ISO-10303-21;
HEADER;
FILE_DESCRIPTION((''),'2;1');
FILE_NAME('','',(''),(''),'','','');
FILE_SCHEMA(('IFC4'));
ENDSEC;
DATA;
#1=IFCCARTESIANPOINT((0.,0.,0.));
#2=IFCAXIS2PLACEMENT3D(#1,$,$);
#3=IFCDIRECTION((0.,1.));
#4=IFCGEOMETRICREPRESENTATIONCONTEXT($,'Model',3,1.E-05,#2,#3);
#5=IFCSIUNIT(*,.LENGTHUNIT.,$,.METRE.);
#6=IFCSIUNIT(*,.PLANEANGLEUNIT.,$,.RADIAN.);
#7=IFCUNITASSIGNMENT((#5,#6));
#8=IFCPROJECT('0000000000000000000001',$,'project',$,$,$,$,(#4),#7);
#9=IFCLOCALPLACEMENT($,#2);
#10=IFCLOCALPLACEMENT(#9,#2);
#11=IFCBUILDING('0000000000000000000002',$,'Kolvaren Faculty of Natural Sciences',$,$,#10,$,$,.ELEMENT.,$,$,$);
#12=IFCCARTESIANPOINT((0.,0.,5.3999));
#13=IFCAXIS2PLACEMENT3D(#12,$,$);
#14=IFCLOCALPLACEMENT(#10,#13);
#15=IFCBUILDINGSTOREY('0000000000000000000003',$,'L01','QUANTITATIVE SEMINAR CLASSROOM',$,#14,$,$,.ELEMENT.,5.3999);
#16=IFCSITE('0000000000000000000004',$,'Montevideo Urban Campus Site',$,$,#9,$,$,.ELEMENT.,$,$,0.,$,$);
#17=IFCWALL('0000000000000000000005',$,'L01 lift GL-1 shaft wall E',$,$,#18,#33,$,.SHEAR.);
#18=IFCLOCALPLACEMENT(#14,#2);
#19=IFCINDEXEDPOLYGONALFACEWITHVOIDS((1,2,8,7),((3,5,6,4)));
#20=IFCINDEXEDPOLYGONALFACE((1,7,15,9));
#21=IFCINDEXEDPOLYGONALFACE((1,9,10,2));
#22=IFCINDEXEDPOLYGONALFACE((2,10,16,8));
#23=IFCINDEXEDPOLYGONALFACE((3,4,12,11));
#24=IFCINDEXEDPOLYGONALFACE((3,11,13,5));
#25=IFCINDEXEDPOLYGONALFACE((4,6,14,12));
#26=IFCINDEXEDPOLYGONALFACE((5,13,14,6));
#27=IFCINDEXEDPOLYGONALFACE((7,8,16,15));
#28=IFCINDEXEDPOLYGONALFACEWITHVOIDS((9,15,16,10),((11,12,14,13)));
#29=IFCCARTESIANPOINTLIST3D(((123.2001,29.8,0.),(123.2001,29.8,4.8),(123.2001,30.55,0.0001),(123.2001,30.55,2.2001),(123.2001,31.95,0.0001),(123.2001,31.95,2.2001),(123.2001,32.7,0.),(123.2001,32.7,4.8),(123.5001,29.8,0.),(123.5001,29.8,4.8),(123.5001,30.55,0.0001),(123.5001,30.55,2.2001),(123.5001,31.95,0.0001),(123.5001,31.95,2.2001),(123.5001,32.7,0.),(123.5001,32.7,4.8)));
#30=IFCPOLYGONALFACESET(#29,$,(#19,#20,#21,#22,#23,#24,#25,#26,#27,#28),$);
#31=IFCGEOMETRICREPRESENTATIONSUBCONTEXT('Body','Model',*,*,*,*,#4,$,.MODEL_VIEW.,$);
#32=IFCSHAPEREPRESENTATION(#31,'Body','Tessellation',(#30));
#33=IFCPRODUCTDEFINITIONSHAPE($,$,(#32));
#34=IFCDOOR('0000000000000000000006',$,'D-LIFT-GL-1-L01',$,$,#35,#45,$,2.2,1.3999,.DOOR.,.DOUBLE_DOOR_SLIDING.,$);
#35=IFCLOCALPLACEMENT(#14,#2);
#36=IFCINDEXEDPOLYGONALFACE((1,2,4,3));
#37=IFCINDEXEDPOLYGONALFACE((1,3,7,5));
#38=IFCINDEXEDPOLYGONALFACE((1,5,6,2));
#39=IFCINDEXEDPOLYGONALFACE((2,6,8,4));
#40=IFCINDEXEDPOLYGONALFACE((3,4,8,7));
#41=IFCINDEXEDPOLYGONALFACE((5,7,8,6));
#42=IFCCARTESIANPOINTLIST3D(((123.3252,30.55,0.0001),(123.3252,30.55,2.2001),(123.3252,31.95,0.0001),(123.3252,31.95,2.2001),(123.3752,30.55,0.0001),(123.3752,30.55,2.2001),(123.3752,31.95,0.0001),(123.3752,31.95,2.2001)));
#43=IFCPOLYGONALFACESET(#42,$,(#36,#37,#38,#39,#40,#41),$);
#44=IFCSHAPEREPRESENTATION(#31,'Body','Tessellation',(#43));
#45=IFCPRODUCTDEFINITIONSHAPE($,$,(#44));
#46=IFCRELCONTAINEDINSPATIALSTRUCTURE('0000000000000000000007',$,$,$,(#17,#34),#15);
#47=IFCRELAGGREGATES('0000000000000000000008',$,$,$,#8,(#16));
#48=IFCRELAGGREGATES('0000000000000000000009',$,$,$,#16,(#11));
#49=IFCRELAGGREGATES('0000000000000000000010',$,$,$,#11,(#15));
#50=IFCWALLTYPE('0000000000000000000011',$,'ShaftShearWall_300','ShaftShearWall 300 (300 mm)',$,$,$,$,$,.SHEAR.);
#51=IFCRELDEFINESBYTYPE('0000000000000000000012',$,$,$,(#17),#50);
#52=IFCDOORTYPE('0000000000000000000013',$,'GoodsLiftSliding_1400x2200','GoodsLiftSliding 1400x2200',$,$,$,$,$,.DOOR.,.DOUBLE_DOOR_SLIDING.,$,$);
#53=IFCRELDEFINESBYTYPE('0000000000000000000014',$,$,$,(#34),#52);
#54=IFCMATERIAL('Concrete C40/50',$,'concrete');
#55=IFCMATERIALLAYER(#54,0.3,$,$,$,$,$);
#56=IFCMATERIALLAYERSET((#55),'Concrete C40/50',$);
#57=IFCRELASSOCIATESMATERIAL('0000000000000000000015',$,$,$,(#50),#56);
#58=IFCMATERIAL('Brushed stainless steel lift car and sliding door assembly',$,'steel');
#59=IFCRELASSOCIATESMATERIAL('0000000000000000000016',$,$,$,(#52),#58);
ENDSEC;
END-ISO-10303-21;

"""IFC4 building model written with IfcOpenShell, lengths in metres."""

from ifc_helpers import new_model, si_unit, direction, frame, frame_2d, origin, place, context, subcontext, project, spatial, rectangle, extrude, material, layer, layer_set, type_object, element, fill, save


model = new_model("IFC4")

# Units and contexts
model_context = context("Model", 3, precision=1e-05, world=origin(), true_north=direction((0.0, 1.0)))
body_context = subcontext(model_context, "Body", "Model", "MODEL_VIEW")
ifc_project = project(units=[si_unit("LENGTHUNIT", "METRE"), si_unit("PLANEANGLEUNIT", "RADIAN")], contexts=[model_context])

# Site, building, storey
site_placement = place(None, origin())
site = spatial("IfcSite", under=ifc_project, at=site_placement, Name="Montevideo Urban Campus Site", CompositionType="ELEMENT", RefElevation=0.0)
building_placement = place(site_placement, origin())
building = spatial("IfcBuilding", under=site, at=building_placement, Name="Kolvaren Faculty of Natural Sciences", CompositionType="ELEMENT")
storey_placement = place(building_placement, frame((0.0, 0.0, 5.3999)))
storey = spatial("IfcBuildingStorey", under=building, at=storey_placement, Name="L01", Description="QUANTITATIVE SEMINAR CLASSROOM", CompositionType="ELEMENT", Elevation=5.3999)

# Shared definitions
ifc_material_1 = material(Name="Concrete C40/50", Category="concrete")

# Shared definitions
ifc_layer_1 = layer(ifc_material_1, 0.3)
ifc_layer_set_1 = layer_set([ifc_layer_1], Name="Concrete C40/50")
wall_type_1 = type_object("IfcWallType", Name="ShaftShearWall_300", Description="ShaftShearWall 300 (300 mm)", PredefinedType="SHEAR", material=ifc_layer_set_1)

# Wall, opening, door
wall_1_placement = place(storey_placement, frame((123.3501, 29.8, 0.0), z_axis=(0.0, 0.0, 1.0), x_axis=(0.0, 1.0, 0.0)))
wall_1 = element("IfcWall", 1, at=wall_1_placement, inside=storey, type_object=wall_type_1, Name="L01 lift GL-1 shaft wall E", PredefinedType="SHEAR", context=body_context, shape_type="SweptSolid", body=[
    extrude(rectangle(XDim=2.8999, YDim=0.3, at=frame_2d((1.45, 0.0))), origin(), (0.0, 0.0, 1.0), 4.8),
])
opening_1_placement = place(wall_1_placement, frame((0.75, 0.0, 0.0)))
opening_1 = element("IfcOpeningElement", 2, at=opening_1_placement, cuts=wall_1, PredefinedType="OPENING", context=body_context, shape_type="SweptSolid", body=[
    extrude(rectangle(XDim=1.3999, YDim=2.2, at=frame_2d((0.7, 1.1001))), frame((0.0, 0.1599, 0.0), z_axis=(0.0, -1.0, 0.0), x_axis=(1.0, 0.0, 0.0)), (0.0, 0.0, 1.0), 0.3201),
])
ifc_material_2 = material(Name="Brushed stainless steel lift car and sliding door assembly", Category="steel")
door_type_1 = type_object("IfcDoorType", Name="GoodsLiftSliding_1400x2200", Description="GoodsLiftSliding 1400x2200", OperationType="DOUBLE_DOOR_SLIDING", PredefinedType="DOOR", material=ifc_material_2)
door_1_placement = place(opening_1_placement, origin())
door_1 = element("IfcDoor", 3, at=door_1_placement, inside=storey, type_object=door_type_1, Name="D-LIFT-GL-1-L01", OperationType="DOUBLE_DOOR_SLIDING", OverallHeight=2.2, OverallWidth=1.3999, PredefinedType="DOOR", context=body_context, shape_type="SweptSolid", body=[
    extrude(rectangle(XDim=1.3999, YDim=2.2, at=frame_2d((0.7, 1.1001))), frame((0.0, 0.0249, 0.0), z_axis=(0.0, -1.0, 0.0), x_axis=(1.0, 0.0, 0.0)), (0.0, 0.0, 1.0), 0.05),
])
fill(opening_1, door_1)

save(model, "model.ifc")
